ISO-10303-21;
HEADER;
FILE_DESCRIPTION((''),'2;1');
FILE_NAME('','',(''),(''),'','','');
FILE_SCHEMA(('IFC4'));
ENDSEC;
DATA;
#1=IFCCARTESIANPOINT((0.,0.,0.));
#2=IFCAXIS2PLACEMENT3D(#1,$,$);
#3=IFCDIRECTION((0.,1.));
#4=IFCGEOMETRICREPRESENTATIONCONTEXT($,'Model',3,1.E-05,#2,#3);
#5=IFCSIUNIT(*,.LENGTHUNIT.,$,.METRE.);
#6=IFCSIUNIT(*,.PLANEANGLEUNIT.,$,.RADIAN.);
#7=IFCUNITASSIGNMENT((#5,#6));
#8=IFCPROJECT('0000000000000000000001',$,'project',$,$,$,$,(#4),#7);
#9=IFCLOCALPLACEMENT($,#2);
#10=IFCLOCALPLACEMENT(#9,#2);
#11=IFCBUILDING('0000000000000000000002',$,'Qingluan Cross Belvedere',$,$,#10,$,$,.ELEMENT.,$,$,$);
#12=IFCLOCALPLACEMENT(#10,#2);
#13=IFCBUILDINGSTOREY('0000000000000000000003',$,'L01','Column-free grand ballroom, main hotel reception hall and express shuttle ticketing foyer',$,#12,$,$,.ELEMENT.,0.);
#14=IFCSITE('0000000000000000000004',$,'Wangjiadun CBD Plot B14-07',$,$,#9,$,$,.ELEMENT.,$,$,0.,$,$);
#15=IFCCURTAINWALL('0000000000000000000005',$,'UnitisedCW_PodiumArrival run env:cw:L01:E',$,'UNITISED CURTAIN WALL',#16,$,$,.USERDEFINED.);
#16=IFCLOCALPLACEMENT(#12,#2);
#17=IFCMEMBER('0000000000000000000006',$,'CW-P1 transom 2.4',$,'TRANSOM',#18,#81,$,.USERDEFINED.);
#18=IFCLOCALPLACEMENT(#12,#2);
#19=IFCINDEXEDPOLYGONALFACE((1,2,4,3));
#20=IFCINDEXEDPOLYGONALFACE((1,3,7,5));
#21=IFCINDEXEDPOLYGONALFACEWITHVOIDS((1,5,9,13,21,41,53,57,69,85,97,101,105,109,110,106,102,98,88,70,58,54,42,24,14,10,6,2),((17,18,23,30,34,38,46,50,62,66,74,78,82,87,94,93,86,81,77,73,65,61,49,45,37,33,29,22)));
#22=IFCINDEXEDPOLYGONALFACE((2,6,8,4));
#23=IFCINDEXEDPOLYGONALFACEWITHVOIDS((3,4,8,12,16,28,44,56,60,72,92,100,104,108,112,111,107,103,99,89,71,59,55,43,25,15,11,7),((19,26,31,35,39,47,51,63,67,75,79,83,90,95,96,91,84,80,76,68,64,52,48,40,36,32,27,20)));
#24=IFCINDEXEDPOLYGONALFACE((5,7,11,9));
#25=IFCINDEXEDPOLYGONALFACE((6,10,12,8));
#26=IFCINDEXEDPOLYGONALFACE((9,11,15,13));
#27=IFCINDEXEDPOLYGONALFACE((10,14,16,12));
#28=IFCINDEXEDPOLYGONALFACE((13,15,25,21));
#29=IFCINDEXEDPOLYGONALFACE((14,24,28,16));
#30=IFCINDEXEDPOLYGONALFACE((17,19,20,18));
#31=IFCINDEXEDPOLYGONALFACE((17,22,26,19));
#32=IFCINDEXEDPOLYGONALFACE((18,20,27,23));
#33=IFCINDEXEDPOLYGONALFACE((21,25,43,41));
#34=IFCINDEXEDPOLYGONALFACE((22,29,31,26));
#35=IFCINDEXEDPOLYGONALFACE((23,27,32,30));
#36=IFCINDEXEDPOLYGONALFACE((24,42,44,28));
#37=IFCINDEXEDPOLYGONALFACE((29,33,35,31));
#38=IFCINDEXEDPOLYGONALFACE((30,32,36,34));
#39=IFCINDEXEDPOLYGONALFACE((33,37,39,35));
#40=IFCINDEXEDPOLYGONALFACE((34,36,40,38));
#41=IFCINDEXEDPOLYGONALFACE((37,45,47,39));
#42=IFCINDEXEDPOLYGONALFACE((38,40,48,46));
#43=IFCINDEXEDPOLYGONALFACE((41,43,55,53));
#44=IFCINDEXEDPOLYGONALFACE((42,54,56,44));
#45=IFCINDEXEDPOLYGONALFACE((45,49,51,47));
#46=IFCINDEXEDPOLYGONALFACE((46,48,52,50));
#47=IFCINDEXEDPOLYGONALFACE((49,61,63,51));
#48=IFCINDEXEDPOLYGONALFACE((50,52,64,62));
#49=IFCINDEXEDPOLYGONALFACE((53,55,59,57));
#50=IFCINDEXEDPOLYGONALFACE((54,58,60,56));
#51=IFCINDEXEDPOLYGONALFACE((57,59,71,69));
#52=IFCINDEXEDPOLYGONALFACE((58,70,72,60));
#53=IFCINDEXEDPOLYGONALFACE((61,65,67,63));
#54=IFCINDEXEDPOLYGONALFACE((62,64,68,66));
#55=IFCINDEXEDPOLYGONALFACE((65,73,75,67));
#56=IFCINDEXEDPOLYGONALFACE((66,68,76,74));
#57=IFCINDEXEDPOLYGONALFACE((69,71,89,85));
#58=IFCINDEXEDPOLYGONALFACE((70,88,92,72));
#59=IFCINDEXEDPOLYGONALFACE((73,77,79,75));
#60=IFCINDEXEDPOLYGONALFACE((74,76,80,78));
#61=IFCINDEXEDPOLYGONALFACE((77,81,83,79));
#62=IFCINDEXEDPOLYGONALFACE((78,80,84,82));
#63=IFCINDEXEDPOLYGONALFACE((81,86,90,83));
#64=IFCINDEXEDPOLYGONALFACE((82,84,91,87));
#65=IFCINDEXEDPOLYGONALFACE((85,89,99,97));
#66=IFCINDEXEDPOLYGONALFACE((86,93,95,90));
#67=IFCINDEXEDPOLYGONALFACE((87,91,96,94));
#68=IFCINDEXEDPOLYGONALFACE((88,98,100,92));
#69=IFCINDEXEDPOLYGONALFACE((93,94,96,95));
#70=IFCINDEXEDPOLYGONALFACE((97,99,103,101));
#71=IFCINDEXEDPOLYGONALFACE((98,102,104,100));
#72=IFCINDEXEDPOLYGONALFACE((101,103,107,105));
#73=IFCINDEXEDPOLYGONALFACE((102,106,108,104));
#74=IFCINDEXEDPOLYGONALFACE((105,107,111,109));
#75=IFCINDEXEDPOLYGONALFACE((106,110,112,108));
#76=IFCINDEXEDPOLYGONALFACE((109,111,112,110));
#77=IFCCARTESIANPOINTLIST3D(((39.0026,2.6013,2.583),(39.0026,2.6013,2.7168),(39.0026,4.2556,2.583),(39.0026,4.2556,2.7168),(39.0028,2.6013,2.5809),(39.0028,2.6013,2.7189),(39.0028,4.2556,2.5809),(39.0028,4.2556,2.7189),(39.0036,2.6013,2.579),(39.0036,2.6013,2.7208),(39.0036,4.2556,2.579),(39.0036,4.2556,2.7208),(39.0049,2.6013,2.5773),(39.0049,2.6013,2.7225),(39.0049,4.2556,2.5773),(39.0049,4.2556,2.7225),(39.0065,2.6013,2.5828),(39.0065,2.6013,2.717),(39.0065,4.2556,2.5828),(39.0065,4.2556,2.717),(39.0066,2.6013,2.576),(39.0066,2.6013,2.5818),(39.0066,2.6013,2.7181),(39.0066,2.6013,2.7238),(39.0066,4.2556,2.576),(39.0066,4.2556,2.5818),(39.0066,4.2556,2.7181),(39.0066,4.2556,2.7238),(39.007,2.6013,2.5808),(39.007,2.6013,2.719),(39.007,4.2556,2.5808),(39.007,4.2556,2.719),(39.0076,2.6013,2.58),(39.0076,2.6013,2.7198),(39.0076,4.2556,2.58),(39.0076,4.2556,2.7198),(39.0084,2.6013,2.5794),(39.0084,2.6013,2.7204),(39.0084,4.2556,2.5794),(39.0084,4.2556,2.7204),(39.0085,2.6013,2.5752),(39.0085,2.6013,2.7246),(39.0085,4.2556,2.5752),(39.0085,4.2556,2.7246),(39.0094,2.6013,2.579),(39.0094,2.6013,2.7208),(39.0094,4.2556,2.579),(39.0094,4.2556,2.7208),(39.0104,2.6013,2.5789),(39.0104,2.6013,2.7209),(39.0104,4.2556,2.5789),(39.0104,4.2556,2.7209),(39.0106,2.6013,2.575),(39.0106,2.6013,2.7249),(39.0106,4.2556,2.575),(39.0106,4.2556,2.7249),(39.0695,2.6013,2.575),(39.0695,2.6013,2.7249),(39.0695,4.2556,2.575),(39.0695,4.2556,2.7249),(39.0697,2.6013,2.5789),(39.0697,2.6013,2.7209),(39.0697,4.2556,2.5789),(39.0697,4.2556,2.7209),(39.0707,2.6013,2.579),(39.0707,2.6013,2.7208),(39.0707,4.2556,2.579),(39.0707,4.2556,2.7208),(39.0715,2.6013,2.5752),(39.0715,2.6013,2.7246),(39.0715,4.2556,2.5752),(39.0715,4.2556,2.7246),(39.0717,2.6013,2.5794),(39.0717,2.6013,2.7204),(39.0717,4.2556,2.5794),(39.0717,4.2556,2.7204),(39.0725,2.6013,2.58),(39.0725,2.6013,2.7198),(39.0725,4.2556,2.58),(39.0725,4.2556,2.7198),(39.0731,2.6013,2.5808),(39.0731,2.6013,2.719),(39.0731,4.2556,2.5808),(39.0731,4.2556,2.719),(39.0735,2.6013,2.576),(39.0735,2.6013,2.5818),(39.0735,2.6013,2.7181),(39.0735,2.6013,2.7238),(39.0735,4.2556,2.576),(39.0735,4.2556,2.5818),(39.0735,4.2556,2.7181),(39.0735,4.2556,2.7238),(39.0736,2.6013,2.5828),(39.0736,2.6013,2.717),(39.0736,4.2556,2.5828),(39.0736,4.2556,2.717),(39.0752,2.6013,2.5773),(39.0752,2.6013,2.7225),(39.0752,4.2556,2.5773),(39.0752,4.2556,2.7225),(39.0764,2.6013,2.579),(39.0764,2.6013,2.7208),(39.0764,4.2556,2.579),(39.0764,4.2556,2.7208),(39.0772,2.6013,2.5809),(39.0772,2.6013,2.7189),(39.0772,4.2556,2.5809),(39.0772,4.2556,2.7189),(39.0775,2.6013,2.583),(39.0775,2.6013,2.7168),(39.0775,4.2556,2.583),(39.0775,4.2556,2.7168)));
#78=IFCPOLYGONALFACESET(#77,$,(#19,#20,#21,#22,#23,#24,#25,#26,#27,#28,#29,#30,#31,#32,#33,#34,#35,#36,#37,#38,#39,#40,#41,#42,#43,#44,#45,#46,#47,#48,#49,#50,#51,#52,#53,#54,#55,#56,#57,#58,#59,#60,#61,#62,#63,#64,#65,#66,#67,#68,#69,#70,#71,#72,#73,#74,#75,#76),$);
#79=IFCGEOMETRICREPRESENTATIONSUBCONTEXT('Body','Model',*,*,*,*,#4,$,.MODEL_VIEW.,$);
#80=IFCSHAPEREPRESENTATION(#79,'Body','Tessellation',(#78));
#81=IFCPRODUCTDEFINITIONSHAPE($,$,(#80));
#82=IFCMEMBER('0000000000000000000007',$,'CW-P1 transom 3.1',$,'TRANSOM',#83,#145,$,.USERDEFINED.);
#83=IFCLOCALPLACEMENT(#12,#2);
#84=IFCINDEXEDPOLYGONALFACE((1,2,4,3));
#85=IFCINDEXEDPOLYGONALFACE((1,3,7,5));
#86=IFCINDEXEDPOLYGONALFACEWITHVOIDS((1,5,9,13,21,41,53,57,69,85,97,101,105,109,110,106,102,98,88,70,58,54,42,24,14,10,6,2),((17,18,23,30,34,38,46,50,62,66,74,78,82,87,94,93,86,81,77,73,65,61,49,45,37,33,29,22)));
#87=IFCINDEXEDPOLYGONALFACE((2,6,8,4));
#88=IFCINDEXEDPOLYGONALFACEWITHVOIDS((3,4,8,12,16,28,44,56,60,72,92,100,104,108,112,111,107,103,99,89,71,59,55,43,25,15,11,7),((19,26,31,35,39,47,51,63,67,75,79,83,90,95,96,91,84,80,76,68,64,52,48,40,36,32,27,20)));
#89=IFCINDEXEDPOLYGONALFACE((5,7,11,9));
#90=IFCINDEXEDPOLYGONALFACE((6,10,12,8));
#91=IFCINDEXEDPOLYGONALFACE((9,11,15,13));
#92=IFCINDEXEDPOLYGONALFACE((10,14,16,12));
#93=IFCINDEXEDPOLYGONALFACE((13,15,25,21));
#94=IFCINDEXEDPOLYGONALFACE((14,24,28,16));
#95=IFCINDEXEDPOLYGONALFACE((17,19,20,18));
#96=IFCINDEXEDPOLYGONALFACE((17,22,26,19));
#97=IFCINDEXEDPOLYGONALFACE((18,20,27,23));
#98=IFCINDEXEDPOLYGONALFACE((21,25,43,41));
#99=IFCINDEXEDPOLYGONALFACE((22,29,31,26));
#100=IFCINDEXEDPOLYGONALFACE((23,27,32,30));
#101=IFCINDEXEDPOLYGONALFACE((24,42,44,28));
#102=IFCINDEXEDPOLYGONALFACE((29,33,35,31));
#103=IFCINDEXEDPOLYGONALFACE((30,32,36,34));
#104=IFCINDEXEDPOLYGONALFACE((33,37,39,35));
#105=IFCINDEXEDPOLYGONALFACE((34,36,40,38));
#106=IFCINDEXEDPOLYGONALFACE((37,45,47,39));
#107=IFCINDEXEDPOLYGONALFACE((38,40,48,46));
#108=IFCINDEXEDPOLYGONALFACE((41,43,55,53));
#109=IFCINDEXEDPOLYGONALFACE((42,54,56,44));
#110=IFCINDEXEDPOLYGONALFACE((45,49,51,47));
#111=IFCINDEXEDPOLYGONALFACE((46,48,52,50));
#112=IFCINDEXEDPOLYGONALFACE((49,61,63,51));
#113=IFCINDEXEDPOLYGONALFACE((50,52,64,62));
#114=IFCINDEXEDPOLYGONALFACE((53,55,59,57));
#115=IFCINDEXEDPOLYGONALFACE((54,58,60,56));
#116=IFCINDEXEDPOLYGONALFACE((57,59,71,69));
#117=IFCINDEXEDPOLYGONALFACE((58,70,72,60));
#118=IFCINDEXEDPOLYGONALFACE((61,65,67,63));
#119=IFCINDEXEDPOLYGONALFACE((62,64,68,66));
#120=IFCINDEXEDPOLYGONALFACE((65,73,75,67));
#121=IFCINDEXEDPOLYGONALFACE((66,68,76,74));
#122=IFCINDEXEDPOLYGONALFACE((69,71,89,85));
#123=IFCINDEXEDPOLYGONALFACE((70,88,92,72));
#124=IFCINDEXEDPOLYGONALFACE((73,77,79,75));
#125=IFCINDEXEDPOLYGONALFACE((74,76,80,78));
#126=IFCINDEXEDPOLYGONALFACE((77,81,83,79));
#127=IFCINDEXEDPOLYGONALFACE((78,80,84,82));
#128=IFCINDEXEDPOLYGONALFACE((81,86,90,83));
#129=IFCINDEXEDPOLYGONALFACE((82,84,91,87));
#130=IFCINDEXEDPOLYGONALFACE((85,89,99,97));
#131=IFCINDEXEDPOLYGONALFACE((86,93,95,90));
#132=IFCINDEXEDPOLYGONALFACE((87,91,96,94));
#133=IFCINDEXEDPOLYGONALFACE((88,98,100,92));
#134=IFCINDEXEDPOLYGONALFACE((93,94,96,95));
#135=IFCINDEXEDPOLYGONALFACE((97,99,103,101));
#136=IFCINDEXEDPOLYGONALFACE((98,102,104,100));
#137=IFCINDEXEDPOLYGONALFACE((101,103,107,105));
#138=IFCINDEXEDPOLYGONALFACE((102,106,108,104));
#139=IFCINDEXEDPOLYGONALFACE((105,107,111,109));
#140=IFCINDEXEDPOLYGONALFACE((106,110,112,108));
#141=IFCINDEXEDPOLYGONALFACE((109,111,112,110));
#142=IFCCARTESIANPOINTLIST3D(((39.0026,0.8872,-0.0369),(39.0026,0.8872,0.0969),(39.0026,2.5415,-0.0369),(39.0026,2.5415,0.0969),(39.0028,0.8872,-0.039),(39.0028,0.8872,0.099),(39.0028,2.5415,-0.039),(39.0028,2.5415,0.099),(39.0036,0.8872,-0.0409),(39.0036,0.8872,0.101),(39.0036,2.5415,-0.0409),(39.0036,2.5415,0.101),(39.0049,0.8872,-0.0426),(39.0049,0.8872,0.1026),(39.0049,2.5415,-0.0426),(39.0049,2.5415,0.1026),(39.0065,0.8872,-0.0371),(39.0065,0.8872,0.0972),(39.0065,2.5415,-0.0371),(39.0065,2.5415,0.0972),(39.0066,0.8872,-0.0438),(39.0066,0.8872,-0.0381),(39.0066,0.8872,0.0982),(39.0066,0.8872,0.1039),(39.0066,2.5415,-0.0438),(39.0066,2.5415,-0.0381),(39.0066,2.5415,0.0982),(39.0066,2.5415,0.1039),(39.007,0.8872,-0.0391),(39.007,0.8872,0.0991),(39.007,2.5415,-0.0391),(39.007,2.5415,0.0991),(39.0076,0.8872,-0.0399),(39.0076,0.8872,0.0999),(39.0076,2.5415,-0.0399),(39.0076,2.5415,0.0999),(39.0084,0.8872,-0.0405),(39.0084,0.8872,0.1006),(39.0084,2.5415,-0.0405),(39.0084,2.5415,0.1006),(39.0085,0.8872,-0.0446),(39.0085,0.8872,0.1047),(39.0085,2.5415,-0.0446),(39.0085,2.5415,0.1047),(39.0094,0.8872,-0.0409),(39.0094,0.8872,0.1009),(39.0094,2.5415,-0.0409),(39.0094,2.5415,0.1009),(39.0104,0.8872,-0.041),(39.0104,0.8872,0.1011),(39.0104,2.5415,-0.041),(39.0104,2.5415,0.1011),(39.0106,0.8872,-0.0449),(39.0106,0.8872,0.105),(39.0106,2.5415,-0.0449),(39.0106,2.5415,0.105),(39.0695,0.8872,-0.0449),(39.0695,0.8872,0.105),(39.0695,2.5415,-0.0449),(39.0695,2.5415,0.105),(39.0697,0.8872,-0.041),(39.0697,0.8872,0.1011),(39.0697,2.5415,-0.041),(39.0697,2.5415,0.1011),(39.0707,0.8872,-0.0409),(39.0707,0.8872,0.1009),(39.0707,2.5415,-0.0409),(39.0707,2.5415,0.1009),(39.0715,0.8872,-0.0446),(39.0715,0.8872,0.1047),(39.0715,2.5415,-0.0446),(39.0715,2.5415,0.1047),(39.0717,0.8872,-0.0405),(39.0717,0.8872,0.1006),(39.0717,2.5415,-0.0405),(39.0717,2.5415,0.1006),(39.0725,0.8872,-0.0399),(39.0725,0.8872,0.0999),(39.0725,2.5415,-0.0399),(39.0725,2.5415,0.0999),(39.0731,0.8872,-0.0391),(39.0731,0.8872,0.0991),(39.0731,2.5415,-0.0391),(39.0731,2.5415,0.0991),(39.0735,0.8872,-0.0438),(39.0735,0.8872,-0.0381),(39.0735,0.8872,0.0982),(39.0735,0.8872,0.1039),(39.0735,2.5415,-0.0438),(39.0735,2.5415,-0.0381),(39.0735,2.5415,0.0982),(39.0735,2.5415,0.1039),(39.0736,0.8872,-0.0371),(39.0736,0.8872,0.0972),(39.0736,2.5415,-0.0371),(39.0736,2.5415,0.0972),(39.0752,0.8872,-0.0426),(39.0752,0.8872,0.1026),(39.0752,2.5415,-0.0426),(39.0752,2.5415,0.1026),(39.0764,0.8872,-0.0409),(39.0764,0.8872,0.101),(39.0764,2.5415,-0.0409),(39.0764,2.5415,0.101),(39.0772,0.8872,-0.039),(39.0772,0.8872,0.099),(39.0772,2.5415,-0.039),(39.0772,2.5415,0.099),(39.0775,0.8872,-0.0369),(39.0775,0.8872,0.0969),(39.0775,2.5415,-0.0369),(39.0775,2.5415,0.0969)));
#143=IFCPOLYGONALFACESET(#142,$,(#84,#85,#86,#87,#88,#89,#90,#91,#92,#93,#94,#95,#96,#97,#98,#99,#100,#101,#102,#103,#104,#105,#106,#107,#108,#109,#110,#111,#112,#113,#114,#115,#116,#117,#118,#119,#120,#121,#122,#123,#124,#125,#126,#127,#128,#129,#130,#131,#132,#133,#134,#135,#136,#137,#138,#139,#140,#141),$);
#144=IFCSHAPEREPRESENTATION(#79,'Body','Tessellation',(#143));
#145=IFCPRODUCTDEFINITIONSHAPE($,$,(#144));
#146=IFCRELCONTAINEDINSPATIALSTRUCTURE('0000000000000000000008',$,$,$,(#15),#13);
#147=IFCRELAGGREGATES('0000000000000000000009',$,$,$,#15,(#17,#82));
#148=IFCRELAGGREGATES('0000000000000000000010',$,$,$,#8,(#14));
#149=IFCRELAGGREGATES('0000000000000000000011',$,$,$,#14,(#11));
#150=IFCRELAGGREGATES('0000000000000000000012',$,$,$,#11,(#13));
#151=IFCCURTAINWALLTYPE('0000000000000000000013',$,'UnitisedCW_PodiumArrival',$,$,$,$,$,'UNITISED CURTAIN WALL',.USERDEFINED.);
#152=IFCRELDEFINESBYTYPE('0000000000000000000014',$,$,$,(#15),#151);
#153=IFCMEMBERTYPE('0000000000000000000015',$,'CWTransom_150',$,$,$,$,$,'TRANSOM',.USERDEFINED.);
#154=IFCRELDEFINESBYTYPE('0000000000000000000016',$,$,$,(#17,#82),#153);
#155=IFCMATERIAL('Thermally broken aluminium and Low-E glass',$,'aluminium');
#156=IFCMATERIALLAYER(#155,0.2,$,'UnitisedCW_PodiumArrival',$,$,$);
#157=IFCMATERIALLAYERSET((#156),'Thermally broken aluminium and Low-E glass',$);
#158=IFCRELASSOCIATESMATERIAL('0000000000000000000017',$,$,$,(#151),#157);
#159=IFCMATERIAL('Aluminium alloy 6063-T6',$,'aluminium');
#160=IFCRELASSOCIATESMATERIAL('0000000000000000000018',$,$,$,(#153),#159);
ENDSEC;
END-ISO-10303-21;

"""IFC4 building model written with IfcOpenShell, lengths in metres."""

from ifc_helpers import new_model, si_unit, direction, frame, origin, origin_2d, place, context, subcontext, project, spatial, hollow_rectangle, extrude, material, layer, layer_set, material_profile, profile_set, type_object, element, aggregate, save


model = new_model("IFC4")

# Units and contexts
model_context = context("Model", 3, precision=1e-05, world=origin(), true_north=direction((0.0, 1.0)))
body_context = subcontext(model_context, "Body", "Model", "MODEL_VIEW")
ifc_project = project(units=[si_unit("LENGTHUNIT", "METRE"), si_unit("PLANEANGLEUNIT", "RADIAN")], contexts=[model_context])

# Site, building, storey
site_placement = place(None, origin())
site = spatial("IfcSite", under=ifc_project, at=site_placement, Name="Wangjiadun CBD Plot B14-07", CompositionType="ELEMENT", RefElevation=0.0)
building_placement = place(site_placement, origin())
building = spatial("IfcBuilding", under=site, at=building_placement, Name="Qingluan Cross Belvedere", CompositionType="ELEMENT")
storey_placement = place(building_placement, origin())
storey = spatial("IfcBuildingStorey", under=building, at=storey_placement, Name="L01", Description="Column-free grand ballroom, main hotel reception hall and express shuttle ticketing foyer", CompositionType="ELEMENT", Elevation=0.0)

# Curtain wall, members
ifc_material_1 = material(Name="Thermally broken aluminium and Low-E glass", Category="aluminium")
ifc_layer_1 = layer(ifc_material_1, 0.2, Name="UnitisedCW_PodiumArrival")
ifc_layer_set_1 = layer_set([ifc_layer_1], Name="Thermally broken aluminium and Low-E glass")
curtain_wall_type = type_object("IfcCurtainWallType", Name="UnitisedCW_PodiumArrival", ElementType="UNITISED CURTAIN WALL", PredefinedType="USERDEFINED", material=ifc_layer_set_1)
curtain_wall_placement = place(storey_placement, origin())
curtain_wall = element("IfcCurtainWall", 1, at=curtain_wall_placement, inside=storey, type_object=curtain_wall_type, Name="UnitisedCW_PodiumArrival run env:cw:L01:E", ObjectType="UNITISED CURTAIN WALL", PredefinedType="USERDEFINED")
ifc_material_2 = material(Name="Aluminium alloy 6063-T6", Category="aluminium")
ifc_material_profile_1 = material_profile(ifc_material_2, hollow_rectangle(XDim=0.075, YDim=0.1499, WallThickness=0.0039, InnerFilletRadius=0.0039, OuterFilletRadius=0.0081, at=origin_2d()), Name="CWT150x75x4")
ifc_profile_set_1 = profile_set([ifc_material_profile_1], Name="Aluminium alloy 6063-T6")
member_type_1 = type_object("IfcMemberType", Name="CWTransom_150", ElementType="TRANSOM", PredefinedType="USERDEFINED", material=ifc_profile_set_1)
member_1_placement = place(storey_placement, frame((39.04, 4.2556, 2.6499), z_axis=(0.0, -1.0, 0.0), x_axis=(1.0, 0.0, 0.0)))
member_1 = element("IfcMember", 2, at=member_1_placement, type_object=member_type_1, Name="CW-P1 transom 2.4", ObjectType="TRANSOM", PredefinedType="USERDEFINED", context=body_context, shape_type="SweptSolid", body=[
    extrude(hollow_rectangle(XDim=0.075, YDim=0.1499, WallThickness=0.0039, InnerFilletRadius=0.0039, OuterFilletRadius=0.0081, at=origin_2d()), origin(), (0.0, 0.0, 1.0), 1.6543),
])
member_2_placement = place(storey_placement, frame((39.04, 2.5415, 0.03), z_axis=(0.0, -1.0, 0.0), x_axis=(1.0, 0.0, 0.0)))
member_2 = element("IfcMember", 3, at=member_2_placement, type_object=member_type_1, Name="CW-P1 transom 3.1", ObjectType="TRANSOM", PredefinedType="USERDEFINED", context=body_context, shape_type="SweptSolid", body=[
    extrude(hollow_rectangle(XDim=0.075, YDim=0.1499, WallThickness=0.0039, InnerFilletRadius=0.0039, OuterFilletRadius=0.0081, at=origin_2d()), origin(), (0.0, 0.0, 1.0), 1.6543),
])
aggregate(curtain_wall, [member_1, member_2])

save(model, "model.ifc")
